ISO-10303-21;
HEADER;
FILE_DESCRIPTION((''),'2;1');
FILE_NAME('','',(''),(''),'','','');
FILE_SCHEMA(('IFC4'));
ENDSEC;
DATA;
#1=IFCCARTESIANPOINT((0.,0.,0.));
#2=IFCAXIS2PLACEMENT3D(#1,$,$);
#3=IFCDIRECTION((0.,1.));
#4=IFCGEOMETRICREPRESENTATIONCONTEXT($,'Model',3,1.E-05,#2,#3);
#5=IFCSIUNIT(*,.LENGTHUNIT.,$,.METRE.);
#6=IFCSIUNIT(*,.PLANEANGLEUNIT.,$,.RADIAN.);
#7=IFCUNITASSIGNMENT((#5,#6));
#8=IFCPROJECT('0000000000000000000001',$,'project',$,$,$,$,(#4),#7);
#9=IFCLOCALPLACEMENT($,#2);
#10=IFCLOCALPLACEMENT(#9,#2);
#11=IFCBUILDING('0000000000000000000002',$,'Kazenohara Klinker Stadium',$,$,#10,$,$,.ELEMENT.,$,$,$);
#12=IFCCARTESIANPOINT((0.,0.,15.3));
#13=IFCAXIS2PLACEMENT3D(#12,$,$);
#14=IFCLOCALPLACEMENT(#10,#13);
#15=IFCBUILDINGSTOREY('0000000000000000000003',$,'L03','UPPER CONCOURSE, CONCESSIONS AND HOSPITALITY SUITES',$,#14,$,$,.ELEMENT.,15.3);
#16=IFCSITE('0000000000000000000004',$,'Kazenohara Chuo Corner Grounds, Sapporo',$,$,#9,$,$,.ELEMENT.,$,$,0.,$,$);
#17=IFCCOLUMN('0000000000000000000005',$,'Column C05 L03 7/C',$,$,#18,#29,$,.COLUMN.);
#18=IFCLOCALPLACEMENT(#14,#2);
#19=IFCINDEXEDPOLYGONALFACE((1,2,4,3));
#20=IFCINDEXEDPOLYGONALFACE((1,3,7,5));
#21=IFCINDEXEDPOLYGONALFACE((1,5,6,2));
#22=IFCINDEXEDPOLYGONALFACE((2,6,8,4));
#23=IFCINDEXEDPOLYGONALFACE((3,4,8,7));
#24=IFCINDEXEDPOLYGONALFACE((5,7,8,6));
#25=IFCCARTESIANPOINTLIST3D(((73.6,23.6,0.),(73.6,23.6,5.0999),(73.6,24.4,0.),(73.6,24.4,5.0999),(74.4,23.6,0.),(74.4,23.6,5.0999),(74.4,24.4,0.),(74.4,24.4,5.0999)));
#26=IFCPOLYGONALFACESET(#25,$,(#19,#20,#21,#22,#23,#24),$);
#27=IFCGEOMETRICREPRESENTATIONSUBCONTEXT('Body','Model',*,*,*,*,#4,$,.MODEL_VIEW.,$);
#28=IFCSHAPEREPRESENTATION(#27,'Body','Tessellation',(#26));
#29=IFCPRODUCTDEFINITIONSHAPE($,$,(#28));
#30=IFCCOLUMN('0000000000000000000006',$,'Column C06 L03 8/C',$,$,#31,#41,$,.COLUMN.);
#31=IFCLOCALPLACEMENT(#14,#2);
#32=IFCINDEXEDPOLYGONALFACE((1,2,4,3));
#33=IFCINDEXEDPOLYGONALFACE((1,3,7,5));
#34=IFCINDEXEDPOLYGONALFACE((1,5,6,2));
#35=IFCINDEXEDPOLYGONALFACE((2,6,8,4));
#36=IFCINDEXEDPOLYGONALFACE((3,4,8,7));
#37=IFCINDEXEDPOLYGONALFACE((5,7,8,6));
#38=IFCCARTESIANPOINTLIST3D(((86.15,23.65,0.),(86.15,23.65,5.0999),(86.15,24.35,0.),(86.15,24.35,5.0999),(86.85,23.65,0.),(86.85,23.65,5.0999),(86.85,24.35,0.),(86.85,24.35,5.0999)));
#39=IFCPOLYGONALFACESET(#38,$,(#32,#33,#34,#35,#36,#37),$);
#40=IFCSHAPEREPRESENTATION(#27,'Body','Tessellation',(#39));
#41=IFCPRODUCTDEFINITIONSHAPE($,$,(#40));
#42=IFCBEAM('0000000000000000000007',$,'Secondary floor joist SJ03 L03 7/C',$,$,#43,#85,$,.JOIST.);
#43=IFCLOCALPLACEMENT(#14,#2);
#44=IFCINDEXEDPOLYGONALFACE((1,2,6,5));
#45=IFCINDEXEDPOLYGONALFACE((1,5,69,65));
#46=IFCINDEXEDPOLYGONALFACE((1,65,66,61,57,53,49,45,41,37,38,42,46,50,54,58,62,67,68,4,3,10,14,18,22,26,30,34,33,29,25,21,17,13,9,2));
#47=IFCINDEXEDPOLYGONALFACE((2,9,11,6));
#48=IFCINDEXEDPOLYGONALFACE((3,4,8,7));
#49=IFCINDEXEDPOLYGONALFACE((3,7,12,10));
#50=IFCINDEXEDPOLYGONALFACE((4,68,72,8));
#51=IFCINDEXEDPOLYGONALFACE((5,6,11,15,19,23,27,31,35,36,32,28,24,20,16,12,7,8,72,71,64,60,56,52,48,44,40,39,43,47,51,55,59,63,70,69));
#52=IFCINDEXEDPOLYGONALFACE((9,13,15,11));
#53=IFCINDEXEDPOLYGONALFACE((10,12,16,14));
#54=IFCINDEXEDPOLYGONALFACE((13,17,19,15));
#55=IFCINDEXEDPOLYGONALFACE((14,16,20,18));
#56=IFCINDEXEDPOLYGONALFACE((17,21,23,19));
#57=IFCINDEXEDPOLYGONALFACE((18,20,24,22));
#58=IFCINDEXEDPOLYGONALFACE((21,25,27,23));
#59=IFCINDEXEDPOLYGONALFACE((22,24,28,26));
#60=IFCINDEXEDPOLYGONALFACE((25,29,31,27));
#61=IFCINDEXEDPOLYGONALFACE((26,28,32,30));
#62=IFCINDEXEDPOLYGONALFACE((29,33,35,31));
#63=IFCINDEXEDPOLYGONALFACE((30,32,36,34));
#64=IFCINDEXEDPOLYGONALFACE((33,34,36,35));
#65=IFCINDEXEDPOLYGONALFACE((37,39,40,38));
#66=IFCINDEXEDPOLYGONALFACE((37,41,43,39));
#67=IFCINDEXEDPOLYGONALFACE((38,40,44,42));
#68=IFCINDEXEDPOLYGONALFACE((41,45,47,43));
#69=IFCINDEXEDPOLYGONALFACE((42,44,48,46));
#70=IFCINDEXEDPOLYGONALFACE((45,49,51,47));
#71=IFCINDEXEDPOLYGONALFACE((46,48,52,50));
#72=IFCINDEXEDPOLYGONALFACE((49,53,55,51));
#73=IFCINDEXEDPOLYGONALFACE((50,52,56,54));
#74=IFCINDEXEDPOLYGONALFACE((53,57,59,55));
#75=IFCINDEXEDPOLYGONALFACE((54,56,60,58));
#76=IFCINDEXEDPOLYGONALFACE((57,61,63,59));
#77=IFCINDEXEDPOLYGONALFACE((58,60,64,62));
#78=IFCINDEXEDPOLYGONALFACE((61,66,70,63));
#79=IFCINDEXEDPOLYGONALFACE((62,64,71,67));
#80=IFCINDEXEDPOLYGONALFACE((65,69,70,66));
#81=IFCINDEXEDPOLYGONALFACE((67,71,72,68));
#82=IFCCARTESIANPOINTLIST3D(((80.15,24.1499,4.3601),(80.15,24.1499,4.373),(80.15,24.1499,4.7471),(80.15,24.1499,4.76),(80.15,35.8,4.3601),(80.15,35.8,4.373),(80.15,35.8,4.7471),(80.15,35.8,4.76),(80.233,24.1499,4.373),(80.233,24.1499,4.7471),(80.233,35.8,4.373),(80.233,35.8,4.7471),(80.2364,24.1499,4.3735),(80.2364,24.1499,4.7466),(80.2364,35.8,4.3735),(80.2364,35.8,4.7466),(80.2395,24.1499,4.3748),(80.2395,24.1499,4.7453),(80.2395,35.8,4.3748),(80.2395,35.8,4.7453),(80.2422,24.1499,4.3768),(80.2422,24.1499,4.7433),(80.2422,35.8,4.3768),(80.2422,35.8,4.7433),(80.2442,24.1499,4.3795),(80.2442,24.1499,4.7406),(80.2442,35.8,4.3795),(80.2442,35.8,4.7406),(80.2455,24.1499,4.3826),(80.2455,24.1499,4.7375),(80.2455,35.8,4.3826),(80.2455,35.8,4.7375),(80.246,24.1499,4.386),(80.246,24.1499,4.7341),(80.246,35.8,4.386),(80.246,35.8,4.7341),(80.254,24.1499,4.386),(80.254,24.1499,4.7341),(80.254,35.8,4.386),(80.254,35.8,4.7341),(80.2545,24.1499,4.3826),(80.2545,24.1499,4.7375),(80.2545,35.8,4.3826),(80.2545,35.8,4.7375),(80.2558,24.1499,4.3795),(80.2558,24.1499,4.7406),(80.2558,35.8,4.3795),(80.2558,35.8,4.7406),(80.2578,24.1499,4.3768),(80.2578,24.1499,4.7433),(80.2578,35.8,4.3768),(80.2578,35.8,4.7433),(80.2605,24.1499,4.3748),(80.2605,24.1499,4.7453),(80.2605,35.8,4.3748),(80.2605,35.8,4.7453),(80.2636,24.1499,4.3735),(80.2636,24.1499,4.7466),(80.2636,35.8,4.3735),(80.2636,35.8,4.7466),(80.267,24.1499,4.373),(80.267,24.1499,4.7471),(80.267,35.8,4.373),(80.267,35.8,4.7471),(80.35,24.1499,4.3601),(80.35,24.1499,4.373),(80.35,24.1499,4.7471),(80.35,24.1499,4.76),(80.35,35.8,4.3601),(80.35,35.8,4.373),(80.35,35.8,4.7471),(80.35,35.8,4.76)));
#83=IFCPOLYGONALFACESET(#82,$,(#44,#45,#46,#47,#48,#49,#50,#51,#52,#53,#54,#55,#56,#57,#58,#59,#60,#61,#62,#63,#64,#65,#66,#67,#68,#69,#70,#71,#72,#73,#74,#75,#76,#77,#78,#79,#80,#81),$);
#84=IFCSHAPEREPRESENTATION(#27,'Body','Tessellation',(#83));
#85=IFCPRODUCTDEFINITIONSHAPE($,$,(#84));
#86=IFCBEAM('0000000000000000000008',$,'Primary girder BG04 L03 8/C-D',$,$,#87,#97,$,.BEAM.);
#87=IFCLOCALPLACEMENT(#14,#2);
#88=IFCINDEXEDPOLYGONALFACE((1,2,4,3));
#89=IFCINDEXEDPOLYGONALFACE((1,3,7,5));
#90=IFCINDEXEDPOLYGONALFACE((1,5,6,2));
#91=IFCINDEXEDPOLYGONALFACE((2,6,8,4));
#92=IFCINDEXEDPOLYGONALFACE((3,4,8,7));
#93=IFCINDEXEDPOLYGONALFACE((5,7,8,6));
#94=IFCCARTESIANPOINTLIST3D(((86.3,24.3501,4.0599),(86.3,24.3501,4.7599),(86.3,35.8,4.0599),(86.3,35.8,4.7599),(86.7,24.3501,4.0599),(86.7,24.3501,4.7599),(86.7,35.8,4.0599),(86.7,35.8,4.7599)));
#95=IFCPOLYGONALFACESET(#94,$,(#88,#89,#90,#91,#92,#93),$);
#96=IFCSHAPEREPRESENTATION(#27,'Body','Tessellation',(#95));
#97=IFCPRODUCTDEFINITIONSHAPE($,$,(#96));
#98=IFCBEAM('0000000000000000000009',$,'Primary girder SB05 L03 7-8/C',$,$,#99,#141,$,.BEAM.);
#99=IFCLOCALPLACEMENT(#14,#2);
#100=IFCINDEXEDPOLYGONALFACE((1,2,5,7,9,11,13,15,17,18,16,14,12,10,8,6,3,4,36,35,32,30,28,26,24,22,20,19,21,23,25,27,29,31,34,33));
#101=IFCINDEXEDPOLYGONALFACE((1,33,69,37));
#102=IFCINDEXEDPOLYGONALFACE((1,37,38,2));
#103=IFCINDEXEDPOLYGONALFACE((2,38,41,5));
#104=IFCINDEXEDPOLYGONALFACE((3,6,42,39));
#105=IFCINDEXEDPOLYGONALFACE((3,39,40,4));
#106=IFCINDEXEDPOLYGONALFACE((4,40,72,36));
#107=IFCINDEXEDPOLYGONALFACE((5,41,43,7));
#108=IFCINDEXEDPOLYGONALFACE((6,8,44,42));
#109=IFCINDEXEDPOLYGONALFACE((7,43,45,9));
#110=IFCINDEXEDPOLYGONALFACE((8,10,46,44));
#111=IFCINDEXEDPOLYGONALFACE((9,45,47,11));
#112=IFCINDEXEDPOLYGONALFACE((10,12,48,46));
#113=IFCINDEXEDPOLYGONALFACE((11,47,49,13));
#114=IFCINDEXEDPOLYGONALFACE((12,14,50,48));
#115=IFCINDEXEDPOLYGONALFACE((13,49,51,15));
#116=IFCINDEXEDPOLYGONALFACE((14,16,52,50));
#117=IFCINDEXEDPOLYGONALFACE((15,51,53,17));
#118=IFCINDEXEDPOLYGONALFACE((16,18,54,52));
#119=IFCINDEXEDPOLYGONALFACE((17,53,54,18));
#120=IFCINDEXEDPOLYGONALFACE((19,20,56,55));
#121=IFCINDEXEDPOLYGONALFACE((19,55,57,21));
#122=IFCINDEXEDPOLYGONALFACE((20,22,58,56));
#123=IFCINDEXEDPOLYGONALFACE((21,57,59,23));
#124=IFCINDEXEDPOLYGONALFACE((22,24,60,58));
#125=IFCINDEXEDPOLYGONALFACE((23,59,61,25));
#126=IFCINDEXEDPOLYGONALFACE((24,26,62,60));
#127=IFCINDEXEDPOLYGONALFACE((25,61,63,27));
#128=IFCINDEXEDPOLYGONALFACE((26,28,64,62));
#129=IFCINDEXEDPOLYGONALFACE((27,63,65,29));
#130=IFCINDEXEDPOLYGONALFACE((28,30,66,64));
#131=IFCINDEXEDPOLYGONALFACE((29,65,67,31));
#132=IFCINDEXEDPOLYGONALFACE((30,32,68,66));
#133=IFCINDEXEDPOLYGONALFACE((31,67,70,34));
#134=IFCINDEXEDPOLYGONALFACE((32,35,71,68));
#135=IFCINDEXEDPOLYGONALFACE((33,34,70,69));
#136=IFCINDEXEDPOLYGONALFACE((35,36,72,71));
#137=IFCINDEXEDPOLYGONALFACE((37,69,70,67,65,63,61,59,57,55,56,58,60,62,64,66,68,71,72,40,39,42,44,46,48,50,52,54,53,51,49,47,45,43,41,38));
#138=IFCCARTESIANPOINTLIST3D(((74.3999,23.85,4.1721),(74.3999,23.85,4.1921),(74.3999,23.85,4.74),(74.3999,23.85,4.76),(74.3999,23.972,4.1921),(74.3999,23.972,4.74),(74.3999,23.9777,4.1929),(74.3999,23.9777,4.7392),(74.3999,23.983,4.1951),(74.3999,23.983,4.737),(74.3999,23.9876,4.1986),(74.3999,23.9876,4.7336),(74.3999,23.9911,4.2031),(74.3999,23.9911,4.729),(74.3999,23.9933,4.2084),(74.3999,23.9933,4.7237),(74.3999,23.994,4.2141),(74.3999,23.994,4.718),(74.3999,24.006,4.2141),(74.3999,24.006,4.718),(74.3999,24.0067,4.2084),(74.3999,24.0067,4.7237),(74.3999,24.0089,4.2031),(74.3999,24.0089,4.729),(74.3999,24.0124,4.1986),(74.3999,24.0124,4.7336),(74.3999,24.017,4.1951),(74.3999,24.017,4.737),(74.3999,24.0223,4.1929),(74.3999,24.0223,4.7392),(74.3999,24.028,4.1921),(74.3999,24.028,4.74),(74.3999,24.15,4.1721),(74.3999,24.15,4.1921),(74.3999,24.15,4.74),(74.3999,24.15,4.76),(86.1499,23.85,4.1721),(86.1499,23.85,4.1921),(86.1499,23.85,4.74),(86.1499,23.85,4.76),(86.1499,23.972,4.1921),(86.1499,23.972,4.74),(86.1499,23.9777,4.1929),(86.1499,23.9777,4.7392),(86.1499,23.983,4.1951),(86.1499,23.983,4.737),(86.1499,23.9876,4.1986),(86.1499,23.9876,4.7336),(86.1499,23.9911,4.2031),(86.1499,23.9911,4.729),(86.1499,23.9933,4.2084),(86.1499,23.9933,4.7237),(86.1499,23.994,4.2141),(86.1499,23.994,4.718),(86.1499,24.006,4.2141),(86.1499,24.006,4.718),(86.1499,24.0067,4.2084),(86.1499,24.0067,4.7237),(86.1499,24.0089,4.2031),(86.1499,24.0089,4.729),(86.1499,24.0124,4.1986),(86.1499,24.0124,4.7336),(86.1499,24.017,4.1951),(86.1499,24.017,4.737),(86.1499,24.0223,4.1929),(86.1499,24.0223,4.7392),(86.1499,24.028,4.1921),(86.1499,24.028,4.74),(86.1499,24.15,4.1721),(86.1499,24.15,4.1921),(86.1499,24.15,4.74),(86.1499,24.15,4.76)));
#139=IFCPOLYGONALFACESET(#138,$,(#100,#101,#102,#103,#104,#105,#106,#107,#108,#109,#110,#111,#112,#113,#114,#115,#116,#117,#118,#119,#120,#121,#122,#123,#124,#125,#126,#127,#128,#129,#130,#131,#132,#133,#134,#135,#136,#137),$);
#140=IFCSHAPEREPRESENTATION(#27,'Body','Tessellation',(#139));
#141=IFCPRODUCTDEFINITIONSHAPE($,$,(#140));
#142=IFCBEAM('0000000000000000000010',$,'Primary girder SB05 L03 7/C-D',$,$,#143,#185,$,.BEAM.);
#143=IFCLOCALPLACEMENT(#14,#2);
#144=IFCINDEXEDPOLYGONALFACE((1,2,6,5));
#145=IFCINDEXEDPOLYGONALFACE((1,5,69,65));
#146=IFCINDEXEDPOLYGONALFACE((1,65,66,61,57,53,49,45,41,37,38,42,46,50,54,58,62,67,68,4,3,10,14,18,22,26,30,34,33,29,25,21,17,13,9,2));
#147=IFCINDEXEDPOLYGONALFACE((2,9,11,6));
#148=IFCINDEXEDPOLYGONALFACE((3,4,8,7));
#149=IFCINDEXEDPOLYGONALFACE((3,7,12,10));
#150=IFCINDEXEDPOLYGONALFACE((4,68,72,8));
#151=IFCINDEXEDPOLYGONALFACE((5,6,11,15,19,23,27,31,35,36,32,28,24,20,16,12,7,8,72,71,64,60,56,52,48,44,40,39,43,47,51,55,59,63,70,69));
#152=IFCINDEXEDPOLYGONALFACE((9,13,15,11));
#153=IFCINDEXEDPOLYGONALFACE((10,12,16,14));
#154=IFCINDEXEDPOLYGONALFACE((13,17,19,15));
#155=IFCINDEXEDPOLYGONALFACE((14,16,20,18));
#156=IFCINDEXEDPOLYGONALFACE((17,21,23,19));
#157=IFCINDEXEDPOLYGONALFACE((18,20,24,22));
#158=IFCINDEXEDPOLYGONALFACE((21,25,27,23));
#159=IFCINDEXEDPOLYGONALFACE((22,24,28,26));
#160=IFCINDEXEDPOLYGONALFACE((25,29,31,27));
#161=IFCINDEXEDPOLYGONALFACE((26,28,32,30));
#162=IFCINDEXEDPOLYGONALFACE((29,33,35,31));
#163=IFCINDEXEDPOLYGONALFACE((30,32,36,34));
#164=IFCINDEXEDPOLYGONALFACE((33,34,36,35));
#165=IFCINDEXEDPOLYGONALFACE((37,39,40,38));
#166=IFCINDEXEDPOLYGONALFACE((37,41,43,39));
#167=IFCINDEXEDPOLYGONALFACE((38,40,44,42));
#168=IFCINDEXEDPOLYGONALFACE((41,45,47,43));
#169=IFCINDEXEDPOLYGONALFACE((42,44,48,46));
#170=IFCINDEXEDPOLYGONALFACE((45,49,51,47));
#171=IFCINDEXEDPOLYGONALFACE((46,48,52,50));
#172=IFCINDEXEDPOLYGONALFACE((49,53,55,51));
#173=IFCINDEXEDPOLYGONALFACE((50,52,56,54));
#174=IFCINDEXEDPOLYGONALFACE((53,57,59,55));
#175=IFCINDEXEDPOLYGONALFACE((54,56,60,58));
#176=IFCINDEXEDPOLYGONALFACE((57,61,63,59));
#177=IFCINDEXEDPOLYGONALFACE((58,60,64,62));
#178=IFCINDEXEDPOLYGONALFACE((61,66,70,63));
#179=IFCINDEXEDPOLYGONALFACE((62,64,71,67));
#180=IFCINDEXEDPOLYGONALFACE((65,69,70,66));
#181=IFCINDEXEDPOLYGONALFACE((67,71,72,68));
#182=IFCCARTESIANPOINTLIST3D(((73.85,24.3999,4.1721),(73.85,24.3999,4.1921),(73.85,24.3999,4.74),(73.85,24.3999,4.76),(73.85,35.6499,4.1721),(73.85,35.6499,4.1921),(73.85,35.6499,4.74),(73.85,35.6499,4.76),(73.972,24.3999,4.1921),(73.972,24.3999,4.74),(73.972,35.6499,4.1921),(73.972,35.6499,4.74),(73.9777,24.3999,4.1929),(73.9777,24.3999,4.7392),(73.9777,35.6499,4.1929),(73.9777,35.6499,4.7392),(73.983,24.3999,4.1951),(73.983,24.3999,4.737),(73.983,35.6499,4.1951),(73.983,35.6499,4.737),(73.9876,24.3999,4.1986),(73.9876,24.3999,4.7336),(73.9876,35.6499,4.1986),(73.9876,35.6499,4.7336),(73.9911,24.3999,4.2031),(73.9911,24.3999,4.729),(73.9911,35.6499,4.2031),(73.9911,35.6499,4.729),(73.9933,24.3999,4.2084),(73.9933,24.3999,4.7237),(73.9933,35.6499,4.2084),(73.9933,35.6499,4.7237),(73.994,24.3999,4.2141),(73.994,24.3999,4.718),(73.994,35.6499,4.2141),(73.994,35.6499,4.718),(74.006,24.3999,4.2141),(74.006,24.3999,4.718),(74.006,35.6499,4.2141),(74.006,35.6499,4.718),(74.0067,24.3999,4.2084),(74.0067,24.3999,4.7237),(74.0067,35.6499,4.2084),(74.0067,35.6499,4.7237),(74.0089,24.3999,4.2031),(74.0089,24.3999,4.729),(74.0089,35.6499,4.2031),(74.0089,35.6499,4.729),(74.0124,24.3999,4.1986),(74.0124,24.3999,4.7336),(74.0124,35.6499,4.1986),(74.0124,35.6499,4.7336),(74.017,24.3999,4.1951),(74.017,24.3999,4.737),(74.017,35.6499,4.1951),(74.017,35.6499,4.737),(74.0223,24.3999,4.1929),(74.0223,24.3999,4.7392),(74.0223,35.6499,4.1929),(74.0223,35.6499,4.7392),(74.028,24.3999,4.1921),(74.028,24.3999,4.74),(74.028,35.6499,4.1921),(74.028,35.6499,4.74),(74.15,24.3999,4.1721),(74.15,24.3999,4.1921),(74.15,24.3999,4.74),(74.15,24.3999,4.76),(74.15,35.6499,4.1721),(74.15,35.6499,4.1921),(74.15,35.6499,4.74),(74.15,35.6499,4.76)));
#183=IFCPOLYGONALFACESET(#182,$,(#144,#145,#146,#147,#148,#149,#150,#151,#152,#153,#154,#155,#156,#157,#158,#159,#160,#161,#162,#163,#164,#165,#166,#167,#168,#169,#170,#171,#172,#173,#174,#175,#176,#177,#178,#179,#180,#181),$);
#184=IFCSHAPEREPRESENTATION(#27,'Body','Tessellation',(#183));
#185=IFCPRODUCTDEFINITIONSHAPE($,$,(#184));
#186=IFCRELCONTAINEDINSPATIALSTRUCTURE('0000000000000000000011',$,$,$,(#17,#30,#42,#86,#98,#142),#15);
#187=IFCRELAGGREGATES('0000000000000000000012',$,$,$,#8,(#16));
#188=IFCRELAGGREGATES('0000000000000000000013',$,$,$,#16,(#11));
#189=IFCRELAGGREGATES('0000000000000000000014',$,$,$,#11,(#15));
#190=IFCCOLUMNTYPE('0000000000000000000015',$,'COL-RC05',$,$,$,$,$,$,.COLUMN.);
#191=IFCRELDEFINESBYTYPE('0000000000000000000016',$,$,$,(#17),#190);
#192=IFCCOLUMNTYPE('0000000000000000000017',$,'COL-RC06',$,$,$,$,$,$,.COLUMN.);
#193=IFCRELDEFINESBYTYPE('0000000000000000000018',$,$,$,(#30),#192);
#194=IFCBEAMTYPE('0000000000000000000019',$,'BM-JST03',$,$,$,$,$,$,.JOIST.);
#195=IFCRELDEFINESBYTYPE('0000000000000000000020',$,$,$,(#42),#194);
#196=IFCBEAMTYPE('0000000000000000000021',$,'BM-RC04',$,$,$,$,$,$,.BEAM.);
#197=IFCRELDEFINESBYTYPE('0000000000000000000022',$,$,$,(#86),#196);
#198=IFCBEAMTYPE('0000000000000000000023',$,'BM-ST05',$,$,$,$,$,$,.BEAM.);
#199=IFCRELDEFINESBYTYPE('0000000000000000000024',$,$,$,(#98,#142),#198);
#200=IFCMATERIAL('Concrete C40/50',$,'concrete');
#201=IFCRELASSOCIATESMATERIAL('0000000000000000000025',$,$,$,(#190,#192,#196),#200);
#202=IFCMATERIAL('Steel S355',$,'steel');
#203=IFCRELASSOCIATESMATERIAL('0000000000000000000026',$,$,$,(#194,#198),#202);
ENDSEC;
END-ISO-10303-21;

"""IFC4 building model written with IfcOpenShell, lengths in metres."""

from ifc_helpers import new_model, si_unit, direction, frame, origin, origin_2d, place, context, subcontext, project, spatial, rectangle, i_section, extrude, material, material_profile, profile_set, type_object, element, save


model = new_model("IFC4")

# Units and contexts
model_context = context("Model", 3, precision=1e-05, world=origin(), true_north=direction((0.0, 1.0)))
body_context = subcontext(model_context, "Body", "Model", "MODEL_VIEW")
ifc_project = project(units=[si_unit("LENGTHUNIT", "METRE"), si_unit("PLANEANGLEUNIT", "RADIAN")], contexts=[model_context])

# Site, building, storey
site_placement = place(None, origin())
site = spatial("IfcSite", under=ifc_project, at=site_placement, Name="Kazenohara Chuo Corner Grounds, Sapporo", CompositionType="ELEMENT", RefElevation=0.0)
building_placement = place(site_placement, origin())
building = spatial("IfcBuilding", under=site, at=building_placement, Name="Kazenohara Klinker Stadium", CompositionType="ELEMENT")
storey_placement = place(building_placement, frame((0.0, 0.0, 15.3)))
storey = spatial("IfcBuildingStorey", under=building, at=storey_placement, Name="L03", Description="UPPER CONCOURSE, CONCESSIONS AND HOSPITALITY SUITES", CompositionType="ELEMENT", Elevation=15.3)

# Columns
ifc_material_1 = material(Name="Concrete C40/50", Category="concrete")
ifc_material_profile_1 = material_profile(ifc_material_1, rectangle(XDim=0.8, YDim=0.8, at=origin_2d()), Name="RC-COL-800x800")
ifc_profile_set_1 = profile_set([ifc_material_profile_1], Name="Concrete C40/50")
column_type_1 = type_object("IfcColumnType", Name="COL-RC05", PredefinedType="COLUMN", material=ifc_profile_set_1)
column_1_placement = place(storey_placement, frame((74.0, 24.0, 0.0), z_axis=(0.0, 0.0, 1.0), x_axis=(1.0, 0.0, 0.0)))
element("IfcColumn", 1, at=column_1_placement, inside=storey, type_object=column_type_1, Name="Column C05 L03 7/C", PredefinedType="COLUMN", context=body_context, shape_type="SweptSolid", body=[
    extrude(rectangle(XDim=0.8, YDim=0.8, at=origin_2d()), origin(), (0.0, 0.0, 1.0), 5.0999),
])
ifc_material_profile_2 = material_profile(ifc_material_1, rectangle(XDim=0.7, YDim=0.7, at=origin_2d()), Name="RC-COL-700x700")
ifc_profile_set_2 = profile_set([ifc_material_profile_2], Name="Concrete C40/50")
column_type_2 = type_object("IfcColumnType", Name="COL-RC06", PredefinedType="COLUMN", material=ifc_profile_set_2)
column_2_placement = place(storey_placement, frame((86.5, 24.0, 0.0), z_axis=(0.0, 0.0, 1.0), x_axis=(1.0, 0.0, 0.0)))
element("IfcColumn", 2, at=column_2_placement, inside=storey, type_object=column_type_2, Name="Column C06 L03 8/C", PredefinedType="COLUMN", context=body_context, shape_type="SweptSolid", body=[
    extrude(rectangle(XDim=0.7, YDim=0.7, at=origin_2d()), origin(), (0.0, 0.0, 1.0), 5.0999),
])

# Beams
ifc_material_2 = material(Name="Steel S355", Category="steel")
ifc_material_profile_3 = material_profile(ifc_material_2, i_section(OverallWidth=0.2, OverallDepth=0.3999, WebThickness=0.0081, FlangeThickness=0.0129, FilletRadius=0.0129, at=origin_2d()), Name="H-400x200x8x13")
ifc_profile_set_3 = profile_set([ifc_material_profile_3], Name="Steel S355")
beam_type_1 = type_object("IfcBeamType", Name="BM-JST03", PredefinedType="JOIST", material=ifc_profile_set_3)
beam_1_placement = place(storey_placement, frame((80.25, 24.1499, 4.5601), z_axis=(0.0, 1.0, 0.0), x_axis=(-1.0, 0.0, 0.0)))
element("IfcBeam", 3, at=beam_1_placement, inside=storey, type_object=beam_type_1, Name="Secondary floor joist SJ03 L03 7/C", PredefinedType="JOIST", context=body_context, shape_type="SweptSolid", body=[
    extrude(i_section(OverallWidth=0.2, OverallDepth=0.3999, WebThickness=0.0081, FlangeThickness=0.0129, FilletRadius=0.0129, at=origin_2d()), origin(), (0.0, 0.0, 1.0), 11.6501),
])
ifc_material_profile_4 = material_profile(ifc_material_1, rectangle(XDim=0.3999, YDim=0.7, at=origin_2d()), Name="RC-BM-400x700")
ifc_profile_set_4 = profile_set([ifc_material_profile_4], Name="Concrete C40/50")
beam_type_2 = type_object("IfcBeamType", Name="BM-RC04", PredefinedType="BEAM", material=ifc_profile_set_4)
beam_2_placement = place(storey_placement, frame((86.5, 24.3501, 4.4099), z_axis=(0.0, 1.0, 0.0), x_axis=(-1.0, 0.0, 0.0)))
element("IfcBeam", 4, at=beam_2_placement, inside=storey, type_object=beam_type_2, Name="Primary girder BG04 L03 8/C-D", PredefinedType="BEAM", context=body_context, shape_type="SweptSolid", body=[
    extrude(rectangle(XDim=0.3999, YDim=0.7, at=origin_2d()), origin(), (0.0, 0.0, 1.0), 11.45),
])
ifc_material_profile_5 = material_profile(ifc_material_2, i_section(OverallWidth=0.3, OverallDepth=0.5879, WebThickness=0.012, FlangeThickness=0.02, FilletRadius=0.022, at=origin_2d()), Name="H-588x300x12x20")
ifc_profile_set_5 = profile_set([ifc_material_profile_5], Name="Steel S355")
beam_type_3 = type_object("IfcBeamType", Name="BM-ST05", PredefinedType="BEAM", material=ifc_profile_set_5)
beam_3_placement = place(storey_placement, frame((74.3999, 24.0, 4.4661), z_axis=(1.0, 0.0, 0.0), x_axis=(0.0, 1.0, 0.0)))
element("IfcBeam", 5, at=beam_3_placement, inside=storey, type_object=beam_type_3, Name="Primary girder SB05 L03 7-8/C", PredefinedType="BEAM", context=body_context, shape_type="SweptSolid", body=[
    extrude(i_section(OverallWidth=0.3, OverallDepth=0.5879, WebThickness=0.012, FlangeThickness=0.02, FilletRadius=0.022, at=origin_2d()), origin(), (0.0, 0.0, 1.0), 11.75),
])
beam_4_placement = place(storey_placement, frame((74.0, 24.3999, 4.4661), z_axis=(0.0, 1.0, 0.0), x_axis=(-1.0, 0.0, 0.0)))
element("IfcBeam", 6, at=beam_4_placement, inside=storey, type_object=beam_type_3, Name="Primary girder SB05 L03 7/C-D", PredefinedType="BEAM", context=body_context, shape_type="SweptSolid", body=[
    extrude(i_section(OverallWidth=0.3, OverallDepth=0.5879, WebThickness=0.012, FlangeThickness=0.02, FilletRadius=0.022, at=origin_2d()), origin(), (0.0, 0.0, 1.0), 11.25),
])

save(model, "model.ifc")
